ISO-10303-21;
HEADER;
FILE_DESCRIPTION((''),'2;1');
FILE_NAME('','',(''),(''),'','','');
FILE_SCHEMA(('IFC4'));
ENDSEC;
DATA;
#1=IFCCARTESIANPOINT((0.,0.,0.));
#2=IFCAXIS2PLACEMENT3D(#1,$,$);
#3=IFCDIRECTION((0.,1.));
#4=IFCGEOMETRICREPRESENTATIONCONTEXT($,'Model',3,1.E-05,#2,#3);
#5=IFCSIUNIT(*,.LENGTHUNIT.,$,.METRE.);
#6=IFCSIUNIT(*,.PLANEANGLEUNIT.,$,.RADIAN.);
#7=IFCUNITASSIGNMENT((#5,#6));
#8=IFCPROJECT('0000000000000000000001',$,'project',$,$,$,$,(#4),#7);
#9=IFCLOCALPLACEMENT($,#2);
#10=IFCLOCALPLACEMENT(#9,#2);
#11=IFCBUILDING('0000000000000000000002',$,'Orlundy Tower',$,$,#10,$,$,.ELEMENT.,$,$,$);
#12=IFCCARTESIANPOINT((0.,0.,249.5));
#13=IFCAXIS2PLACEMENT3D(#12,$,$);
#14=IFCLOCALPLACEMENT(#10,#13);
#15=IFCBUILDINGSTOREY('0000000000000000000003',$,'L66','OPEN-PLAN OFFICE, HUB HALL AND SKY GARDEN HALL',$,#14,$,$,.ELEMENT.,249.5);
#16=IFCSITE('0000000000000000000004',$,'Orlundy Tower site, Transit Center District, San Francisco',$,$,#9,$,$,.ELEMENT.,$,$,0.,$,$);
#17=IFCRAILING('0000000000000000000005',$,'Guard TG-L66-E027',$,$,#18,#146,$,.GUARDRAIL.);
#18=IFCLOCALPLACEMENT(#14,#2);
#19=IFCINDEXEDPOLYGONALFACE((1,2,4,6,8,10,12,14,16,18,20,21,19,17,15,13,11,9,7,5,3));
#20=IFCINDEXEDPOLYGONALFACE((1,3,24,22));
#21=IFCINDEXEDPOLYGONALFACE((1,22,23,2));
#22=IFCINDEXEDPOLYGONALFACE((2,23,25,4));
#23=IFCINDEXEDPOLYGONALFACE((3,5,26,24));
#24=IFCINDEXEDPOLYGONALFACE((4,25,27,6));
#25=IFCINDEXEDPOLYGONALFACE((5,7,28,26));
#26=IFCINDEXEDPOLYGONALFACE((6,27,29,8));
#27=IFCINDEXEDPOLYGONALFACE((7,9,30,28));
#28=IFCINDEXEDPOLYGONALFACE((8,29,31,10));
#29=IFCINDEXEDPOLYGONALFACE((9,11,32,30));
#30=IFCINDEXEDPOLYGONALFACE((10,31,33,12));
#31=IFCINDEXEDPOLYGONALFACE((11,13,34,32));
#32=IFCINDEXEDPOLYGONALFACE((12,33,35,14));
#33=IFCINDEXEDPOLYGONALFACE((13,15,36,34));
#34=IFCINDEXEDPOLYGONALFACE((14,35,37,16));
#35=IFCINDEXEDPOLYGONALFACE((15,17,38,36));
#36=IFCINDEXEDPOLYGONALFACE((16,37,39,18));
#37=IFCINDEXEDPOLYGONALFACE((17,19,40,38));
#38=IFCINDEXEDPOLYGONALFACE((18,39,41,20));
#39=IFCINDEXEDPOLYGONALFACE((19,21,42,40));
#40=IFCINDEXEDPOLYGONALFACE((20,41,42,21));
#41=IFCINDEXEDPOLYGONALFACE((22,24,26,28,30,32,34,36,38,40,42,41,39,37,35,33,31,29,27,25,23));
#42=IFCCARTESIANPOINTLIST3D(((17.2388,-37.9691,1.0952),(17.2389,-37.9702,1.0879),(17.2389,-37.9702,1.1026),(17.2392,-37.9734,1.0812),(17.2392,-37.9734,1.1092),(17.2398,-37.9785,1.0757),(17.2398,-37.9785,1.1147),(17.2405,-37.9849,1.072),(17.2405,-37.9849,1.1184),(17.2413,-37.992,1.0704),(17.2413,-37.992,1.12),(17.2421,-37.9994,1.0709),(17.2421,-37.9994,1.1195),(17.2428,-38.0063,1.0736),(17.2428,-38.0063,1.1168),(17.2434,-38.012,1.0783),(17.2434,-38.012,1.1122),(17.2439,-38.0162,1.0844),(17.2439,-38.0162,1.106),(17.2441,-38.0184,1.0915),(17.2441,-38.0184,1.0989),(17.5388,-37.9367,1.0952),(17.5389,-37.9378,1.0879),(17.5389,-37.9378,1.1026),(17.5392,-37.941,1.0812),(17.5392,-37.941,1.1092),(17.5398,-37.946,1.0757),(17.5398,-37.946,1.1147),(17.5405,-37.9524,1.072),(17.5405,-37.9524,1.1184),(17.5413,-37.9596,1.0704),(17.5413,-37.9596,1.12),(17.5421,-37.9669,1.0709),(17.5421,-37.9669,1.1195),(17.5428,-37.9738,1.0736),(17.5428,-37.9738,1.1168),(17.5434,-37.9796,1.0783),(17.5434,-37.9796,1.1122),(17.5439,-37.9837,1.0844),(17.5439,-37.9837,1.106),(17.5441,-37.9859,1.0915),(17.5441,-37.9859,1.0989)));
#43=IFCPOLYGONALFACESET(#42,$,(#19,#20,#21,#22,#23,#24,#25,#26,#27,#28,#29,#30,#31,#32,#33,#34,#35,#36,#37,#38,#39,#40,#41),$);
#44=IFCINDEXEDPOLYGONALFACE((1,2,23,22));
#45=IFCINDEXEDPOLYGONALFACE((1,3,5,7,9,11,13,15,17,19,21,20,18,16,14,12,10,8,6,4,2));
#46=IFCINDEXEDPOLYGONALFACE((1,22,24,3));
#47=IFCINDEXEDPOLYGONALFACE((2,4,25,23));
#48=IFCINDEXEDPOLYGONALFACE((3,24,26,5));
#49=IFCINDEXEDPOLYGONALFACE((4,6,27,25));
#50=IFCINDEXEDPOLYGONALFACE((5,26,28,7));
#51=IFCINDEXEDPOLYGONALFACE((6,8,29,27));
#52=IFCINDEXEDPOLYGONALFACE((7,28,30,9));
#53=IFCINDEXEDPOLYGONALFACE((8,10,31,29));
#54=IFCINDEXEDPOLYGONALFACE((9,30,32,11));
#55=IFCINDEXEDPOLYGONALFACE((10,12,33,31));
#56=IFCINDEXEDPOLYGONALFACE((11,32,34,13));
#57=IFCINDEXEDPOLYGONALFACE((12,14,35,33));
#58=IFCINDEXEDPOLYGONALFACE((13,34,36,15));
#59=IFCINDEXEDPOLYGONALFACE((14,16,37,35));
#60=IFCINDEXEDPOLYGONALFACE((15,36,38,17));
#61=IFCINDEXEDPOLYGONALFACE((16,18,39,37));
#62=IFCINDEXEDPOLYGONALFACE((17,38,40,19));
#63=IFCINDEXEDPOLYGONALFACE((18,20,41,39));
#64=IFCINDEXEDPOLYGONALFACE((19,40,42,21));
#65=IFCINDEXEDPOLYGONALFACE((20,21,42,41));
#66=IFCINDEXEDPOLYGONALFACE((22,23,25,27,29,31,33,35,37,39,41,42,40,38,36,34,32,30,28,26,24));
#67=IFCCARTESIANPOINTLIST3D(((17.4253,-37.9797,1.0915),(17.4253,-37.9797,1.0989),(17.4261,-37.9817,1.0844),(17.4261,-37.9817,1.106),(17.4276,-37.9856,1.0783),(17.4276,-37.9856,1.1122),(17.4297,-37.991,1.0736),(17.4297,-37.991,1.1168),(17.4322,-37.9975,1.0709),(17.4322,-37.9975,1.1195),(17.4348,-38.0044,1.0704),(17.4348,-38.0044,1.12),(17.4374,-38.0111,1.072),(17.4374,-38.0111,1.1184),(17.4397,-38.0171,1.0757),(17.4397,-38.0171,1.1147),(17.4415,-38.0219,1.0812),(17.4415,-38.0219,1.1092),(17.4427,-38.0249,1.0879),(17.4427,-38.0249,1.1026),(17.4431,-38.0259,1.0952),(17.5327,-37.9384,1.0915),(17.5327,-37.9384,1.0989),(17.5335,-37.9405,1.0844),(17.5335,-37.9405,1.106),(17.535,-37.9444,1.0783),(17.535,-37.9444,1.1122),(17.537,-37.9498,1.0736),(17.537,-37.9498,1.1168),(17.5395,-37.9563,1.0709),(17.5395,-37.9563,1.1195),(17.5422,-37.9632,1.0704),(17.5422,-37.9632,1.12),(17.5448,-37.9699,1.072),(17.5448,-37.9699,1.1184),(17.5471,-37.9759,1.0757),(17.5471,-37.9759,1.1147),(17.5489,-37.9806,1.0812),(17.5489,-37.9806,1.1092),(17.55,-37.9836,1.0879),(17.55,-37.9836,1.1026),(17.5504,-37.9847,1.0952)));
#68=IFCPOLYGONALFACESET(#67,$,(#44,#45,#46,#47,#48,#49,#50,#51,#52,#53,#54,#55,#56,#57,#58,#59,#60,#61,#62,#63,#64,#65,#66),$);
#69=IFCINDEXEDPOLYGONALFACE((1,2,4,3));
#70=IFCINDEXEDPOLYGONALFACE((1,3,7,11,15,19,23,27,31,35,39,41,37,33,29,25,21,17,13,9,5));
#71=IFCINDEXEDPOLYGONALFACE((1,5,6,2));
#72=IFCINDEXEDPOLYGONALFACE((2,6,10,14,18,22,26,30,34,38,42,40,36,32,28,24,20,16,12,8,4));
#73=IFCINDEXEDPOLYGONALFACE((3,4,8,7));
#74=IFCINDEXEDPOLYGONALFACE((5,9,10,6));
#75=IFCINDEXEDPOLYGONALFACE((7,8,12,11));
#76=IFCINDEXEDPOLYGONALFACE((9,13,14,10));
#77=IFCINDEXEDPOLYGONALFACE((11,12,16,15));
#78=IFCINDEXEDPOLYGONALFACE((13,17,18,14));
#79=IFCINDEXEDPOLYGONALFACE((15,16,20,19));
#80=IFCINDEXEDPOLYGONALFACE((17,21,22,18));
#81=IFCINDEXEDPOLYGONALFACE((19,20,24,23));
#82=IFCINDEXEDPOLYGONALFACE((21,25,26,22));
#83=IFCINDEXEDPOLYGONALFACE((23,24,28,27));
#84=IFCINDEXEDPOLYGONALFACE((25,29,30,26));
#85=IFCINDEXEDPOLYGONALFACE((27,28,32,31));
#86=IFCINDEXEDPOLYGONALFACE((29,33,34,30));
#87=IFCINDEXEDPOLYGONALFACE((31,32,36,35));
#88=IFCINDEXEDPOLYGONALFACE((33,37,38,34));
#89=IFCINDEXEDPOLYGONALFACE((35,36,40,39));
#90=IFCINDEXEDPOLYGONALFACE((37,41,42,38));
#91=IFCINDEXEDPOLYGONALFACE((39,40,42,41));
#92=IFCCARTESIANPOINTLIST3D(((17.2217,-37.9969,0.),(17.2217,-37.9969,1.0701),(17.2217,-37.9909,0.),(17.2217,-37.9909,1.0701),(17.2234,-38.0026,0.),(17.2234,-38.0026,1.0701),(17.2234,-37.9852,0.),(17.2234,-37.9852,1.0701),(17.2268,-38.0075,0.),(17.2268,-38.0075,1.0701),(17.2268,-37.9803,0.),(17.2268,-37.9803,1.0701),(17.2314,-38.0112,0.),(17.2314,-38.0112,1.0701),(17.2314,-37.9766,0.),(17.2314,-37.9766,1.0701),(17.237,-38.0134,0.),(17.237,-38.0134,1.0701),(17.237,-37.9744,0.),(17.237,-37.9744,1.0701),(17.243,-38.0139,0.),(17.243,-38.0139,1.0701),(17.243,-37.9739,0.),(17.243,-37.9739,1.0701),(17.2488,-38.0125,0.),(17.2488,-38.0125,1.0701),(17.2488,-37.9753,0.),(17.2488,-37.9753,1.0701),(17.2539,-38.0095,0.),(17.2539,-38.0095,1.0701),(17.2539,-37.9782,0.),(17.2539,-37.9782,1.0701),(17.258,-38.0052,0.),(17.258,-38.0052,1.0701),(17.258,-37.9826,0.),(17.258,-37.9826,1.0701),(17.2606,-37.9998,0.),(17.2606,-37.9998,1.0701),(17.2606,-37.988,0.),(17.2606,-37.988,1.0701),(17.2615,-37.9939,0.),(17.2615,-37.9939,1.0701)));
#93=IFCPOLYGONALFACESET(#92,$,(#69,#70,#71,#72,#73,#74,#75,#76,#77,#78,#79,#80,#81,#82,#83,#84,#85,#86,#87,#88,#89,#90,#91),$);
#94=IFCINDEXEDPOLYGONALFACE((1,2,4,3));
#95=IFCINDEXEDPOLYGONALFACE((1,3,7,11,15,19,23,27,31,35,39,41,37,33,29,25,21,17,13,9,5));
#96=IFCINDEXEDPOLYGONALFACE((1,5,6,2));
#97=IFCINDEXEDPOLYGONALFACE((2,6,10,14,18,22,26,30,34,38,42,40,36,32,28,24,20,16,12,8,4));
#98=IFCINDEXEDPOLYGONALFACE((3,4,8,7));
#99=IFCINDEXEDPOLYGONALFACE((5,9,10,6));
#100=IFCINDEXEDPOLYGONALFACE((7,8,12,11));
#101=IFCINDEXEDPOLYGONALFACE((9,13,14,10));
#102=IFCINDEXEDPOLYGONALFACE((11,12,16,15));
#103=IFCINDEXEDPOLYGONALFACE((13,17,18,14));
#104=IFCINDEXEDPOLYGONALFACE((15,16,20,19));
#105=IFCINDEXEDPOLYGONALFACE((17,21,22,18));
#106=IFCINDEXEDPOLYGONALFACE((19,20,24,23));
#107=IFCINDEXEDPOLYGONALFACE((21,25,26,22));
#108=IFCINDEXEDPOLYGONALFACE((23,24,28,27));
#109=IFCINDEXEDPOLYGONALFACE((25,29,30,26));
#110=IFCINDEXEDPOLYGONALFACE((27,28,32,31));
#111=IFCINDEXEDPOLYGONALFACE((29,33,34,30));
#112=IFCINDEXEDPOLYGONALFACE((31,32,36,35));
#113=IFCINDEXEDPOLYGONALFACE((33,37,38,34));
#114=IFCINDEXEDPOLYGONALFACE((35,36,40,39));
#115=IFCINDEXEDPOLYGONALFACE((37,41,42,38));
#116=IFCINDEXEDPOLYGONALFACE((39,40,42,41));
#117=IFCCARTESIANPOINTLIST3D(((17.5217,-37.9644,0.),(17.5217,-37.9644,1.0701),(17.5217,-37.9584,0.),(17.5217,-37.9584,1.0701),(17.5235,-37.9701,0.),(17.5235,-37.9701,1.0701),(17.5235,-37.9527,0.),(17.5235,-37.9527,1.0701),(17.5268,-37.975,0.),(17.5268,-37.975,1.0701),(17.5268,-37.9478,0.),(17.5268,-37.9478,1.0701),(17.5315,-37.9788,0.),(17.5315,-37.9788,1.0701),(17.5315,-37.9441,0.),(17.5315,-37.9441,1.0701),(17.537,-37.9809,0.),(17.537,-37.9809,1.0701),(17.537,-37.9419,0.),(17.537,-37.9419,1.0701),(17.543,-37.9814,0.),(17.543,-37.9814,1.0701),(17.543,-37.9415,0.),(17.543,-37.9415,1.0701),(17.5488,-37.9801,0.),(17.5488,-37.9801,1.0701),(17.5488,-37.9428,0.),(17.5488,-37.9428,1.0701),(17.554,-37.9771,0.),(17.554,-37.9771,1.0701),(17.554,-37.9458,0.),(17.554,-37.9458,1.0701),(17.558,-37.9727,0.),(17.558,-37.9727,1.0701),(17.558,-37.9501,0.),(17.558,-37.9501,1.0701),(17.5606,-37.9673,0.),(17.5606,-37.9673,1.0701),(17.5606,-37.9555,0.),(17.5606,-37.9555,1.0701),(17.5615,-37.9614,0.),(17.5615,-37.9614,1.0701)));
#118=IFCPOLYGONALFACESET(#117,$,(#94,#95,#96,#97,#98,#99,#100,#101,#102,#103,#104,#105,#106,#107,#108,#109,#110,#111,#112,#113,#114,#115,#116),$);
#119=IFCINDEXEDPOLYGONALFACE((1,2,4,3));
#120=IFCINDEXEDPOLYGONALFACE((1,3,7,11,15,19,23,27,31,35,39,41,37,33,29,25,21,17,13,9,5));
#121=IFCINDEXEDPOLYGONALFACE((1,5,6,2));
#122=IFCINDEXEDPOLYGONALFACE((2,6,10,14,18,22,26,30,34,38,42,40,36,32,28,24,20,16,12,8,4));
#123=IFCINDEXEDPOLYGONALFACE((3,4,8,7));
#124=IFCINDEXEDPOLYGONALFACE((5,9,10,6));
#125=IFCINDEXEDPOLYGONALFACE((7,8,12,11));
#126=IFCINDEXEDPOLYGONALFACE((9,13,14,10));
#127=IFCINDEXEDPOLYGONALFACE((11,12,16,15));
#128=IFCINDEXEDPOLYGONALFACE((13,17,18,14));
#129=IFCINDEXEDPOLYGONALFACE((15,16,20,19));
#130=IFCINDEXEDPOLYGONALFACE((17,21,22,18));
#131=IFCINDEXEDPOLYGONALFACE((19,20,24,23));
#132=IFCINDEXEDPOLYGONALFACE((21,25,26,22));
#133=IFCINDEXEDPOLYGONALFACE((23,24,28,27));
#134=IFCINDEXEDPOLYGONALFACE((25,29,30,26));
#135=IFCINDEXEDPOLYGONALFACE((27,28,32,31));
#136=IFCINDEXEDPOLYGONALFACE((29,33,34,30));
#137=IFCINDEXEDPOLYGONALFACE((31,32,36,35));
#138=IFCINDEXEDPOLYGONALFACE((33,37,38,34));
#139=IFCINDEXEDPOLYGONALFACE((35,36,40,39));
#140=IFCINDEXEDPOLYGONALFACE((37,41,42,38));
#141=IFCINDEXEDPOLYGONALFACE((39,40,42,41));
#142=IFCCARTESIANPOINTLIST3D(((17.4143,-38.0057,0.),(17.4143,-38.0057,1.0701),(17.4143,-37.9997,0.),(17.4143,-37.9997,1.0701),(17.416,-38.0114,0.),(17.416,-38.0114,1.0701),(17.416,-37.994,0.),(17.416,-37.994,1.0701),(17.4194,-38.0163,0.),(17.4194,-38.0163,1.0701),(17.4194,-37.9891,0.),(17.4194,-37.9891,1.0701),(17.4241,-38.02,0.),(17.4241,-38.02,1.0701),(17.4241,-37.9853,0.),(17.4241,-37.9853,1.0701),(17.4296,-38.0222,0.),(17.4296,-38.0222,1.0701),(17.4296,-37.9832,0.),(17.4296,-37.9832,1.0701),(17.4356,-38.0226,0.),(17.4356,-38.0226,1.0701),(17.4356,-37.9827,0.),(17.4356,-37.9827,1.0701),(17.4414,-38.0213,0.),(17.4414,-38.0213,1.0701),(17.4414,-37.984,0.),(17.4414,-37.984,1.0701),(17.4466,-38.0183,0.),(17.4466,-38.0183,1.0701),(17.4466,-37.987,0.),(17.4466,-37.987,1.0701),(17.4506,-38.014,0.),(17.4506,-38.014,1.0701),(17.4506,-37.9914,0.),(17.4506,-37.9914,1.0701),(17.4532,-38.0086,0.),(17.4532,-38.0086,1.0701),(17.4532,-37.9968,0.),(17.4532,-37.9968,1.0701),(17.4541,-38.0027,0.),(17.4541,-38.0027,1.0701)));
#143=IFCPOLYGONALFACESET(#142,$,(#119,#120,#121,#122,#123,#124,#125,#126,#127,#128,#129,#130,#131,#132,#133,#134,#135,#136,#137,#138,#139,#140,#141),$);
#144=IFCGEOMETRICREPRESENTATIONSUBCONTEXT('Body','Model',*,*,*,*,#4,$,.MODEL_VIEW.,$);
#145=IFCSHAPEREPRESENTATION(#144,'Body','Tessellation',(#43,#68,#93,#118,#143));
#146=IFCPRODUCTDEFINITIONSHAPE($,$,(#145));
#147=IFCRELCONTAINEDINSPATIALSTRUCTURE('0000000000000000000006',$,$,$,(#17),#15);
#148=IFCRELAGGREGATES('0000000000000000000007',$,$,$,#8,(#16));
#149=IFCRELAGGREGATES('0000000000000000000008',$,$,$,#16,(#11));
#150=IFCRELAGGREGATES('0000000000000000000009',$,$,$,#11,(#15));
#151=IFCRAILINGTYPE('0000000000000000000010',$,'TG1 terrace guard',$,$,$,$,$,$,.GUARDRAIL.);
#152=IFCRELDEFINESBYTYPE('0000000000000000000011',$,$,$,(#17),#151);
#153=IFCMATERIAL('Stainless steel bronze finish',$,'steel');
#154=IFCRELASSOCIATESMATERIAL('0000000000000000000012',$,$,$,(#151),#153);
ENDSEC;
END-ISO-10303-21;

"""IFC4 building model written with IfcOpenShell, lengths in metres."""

from ifc_helpers import new_model, si_unit, direction, frame, origin, origin_2d, place, context, subcontext, project, spatial, circle, extrude, material, type_object, element, save


model = new_model("IFC4")

# Units and contexts
model_context = context("Model", 3, precision=1e-05, world=origin(), true_north=direction((0.0, 1.0)))
body_context = subcontext(model_context, "Body", "Model", "MODEL_VIEW")
ifc_project = project(units=[si_unit("LENGTHUNIT", "METRE"), si_unit("PLANEANGLEUNIT", "RADIAN")], contexts=[model_context])

# Site, building, storey
site_placement = place(None, origin())
site = spatial("IfcSite", under=ifc_project, at=site_placement, Name="Orlundy Tower site, Transit Center District, San Francisco", CompositionType="ELEMENT", RefElevation=0.0)
building_placement = place(site_placement, origin())
building = spatial("IfcBuilding", under=site, at=building_placement, Name="Orlundy Tower", CompositionType="ELEMENT")
storey_placement = place(building_placement, frame((0.0, 0.0, 249.5)))
storey = spatial("IfcBuildingStorey", under=building, at=storey_placement, Name="L66", Description="OPEN-PLAN OFFICE, HUB HALL AND SKY GARDEN HALL", CompositionType="ELEMENT", Elevation=249.5)

# Railing
ifc_material_1 = material(Name="Stainless steel bronze finish", Category="steel")
railing_type = type_object("IfcRailingType", Name="TG1 terrace guard", PredefinedType="GUARDRAIL", material=ifc_material_1)
railing_1_placement = place(storey_placement, frame((17.2415, -37.9939, 0.0)))
element("IfcRailing", 1, at=railing_1_placement, inside=storey, type_object=railing_type, Name="Guard TG-L66-E027", PredefinedType="GUARDRAIL", context=body_context, shape_type="SweptSolid", body=[
    extrude(circle(Radius=0.0249, at=origin_2d()), frame((0.0, 0.0, 1.0952), z_axis=(0.994195, 0.10759, 0.0), x_axis=(-0.10759, 0.994195, 0.0)), (0.0, 0.0, 1.0), 0.3018),
    extrude(circle(Radius=0.0249, at=origin_2d()), frame((0.3, 0.0325, 1.0952), z_axis=(-0.93351, -0.358553, 0.0), x_axis=(0.358553, -0.93351, 0.0)), (0.0, 0.0, 1.0), 0.115),
    extrude(circle(Radius=0.02, at=origin_2d()), origin(), (0.0, 0.0, 1.0), 1.0701),
    extrude(circle(Radius=0.02, at=origin_2d()), frame((0.3, 0.0325, 0.0)), (0.0, 0.0, 1.0), 1.0701),
    extrude(circle(Radius=0.02, at=origin_2d()), frame((0.1926, -0.0088, 0.0)), (0.0, 0.0, 1.0), 1.0701),
])

save(model, "model.ifc")
